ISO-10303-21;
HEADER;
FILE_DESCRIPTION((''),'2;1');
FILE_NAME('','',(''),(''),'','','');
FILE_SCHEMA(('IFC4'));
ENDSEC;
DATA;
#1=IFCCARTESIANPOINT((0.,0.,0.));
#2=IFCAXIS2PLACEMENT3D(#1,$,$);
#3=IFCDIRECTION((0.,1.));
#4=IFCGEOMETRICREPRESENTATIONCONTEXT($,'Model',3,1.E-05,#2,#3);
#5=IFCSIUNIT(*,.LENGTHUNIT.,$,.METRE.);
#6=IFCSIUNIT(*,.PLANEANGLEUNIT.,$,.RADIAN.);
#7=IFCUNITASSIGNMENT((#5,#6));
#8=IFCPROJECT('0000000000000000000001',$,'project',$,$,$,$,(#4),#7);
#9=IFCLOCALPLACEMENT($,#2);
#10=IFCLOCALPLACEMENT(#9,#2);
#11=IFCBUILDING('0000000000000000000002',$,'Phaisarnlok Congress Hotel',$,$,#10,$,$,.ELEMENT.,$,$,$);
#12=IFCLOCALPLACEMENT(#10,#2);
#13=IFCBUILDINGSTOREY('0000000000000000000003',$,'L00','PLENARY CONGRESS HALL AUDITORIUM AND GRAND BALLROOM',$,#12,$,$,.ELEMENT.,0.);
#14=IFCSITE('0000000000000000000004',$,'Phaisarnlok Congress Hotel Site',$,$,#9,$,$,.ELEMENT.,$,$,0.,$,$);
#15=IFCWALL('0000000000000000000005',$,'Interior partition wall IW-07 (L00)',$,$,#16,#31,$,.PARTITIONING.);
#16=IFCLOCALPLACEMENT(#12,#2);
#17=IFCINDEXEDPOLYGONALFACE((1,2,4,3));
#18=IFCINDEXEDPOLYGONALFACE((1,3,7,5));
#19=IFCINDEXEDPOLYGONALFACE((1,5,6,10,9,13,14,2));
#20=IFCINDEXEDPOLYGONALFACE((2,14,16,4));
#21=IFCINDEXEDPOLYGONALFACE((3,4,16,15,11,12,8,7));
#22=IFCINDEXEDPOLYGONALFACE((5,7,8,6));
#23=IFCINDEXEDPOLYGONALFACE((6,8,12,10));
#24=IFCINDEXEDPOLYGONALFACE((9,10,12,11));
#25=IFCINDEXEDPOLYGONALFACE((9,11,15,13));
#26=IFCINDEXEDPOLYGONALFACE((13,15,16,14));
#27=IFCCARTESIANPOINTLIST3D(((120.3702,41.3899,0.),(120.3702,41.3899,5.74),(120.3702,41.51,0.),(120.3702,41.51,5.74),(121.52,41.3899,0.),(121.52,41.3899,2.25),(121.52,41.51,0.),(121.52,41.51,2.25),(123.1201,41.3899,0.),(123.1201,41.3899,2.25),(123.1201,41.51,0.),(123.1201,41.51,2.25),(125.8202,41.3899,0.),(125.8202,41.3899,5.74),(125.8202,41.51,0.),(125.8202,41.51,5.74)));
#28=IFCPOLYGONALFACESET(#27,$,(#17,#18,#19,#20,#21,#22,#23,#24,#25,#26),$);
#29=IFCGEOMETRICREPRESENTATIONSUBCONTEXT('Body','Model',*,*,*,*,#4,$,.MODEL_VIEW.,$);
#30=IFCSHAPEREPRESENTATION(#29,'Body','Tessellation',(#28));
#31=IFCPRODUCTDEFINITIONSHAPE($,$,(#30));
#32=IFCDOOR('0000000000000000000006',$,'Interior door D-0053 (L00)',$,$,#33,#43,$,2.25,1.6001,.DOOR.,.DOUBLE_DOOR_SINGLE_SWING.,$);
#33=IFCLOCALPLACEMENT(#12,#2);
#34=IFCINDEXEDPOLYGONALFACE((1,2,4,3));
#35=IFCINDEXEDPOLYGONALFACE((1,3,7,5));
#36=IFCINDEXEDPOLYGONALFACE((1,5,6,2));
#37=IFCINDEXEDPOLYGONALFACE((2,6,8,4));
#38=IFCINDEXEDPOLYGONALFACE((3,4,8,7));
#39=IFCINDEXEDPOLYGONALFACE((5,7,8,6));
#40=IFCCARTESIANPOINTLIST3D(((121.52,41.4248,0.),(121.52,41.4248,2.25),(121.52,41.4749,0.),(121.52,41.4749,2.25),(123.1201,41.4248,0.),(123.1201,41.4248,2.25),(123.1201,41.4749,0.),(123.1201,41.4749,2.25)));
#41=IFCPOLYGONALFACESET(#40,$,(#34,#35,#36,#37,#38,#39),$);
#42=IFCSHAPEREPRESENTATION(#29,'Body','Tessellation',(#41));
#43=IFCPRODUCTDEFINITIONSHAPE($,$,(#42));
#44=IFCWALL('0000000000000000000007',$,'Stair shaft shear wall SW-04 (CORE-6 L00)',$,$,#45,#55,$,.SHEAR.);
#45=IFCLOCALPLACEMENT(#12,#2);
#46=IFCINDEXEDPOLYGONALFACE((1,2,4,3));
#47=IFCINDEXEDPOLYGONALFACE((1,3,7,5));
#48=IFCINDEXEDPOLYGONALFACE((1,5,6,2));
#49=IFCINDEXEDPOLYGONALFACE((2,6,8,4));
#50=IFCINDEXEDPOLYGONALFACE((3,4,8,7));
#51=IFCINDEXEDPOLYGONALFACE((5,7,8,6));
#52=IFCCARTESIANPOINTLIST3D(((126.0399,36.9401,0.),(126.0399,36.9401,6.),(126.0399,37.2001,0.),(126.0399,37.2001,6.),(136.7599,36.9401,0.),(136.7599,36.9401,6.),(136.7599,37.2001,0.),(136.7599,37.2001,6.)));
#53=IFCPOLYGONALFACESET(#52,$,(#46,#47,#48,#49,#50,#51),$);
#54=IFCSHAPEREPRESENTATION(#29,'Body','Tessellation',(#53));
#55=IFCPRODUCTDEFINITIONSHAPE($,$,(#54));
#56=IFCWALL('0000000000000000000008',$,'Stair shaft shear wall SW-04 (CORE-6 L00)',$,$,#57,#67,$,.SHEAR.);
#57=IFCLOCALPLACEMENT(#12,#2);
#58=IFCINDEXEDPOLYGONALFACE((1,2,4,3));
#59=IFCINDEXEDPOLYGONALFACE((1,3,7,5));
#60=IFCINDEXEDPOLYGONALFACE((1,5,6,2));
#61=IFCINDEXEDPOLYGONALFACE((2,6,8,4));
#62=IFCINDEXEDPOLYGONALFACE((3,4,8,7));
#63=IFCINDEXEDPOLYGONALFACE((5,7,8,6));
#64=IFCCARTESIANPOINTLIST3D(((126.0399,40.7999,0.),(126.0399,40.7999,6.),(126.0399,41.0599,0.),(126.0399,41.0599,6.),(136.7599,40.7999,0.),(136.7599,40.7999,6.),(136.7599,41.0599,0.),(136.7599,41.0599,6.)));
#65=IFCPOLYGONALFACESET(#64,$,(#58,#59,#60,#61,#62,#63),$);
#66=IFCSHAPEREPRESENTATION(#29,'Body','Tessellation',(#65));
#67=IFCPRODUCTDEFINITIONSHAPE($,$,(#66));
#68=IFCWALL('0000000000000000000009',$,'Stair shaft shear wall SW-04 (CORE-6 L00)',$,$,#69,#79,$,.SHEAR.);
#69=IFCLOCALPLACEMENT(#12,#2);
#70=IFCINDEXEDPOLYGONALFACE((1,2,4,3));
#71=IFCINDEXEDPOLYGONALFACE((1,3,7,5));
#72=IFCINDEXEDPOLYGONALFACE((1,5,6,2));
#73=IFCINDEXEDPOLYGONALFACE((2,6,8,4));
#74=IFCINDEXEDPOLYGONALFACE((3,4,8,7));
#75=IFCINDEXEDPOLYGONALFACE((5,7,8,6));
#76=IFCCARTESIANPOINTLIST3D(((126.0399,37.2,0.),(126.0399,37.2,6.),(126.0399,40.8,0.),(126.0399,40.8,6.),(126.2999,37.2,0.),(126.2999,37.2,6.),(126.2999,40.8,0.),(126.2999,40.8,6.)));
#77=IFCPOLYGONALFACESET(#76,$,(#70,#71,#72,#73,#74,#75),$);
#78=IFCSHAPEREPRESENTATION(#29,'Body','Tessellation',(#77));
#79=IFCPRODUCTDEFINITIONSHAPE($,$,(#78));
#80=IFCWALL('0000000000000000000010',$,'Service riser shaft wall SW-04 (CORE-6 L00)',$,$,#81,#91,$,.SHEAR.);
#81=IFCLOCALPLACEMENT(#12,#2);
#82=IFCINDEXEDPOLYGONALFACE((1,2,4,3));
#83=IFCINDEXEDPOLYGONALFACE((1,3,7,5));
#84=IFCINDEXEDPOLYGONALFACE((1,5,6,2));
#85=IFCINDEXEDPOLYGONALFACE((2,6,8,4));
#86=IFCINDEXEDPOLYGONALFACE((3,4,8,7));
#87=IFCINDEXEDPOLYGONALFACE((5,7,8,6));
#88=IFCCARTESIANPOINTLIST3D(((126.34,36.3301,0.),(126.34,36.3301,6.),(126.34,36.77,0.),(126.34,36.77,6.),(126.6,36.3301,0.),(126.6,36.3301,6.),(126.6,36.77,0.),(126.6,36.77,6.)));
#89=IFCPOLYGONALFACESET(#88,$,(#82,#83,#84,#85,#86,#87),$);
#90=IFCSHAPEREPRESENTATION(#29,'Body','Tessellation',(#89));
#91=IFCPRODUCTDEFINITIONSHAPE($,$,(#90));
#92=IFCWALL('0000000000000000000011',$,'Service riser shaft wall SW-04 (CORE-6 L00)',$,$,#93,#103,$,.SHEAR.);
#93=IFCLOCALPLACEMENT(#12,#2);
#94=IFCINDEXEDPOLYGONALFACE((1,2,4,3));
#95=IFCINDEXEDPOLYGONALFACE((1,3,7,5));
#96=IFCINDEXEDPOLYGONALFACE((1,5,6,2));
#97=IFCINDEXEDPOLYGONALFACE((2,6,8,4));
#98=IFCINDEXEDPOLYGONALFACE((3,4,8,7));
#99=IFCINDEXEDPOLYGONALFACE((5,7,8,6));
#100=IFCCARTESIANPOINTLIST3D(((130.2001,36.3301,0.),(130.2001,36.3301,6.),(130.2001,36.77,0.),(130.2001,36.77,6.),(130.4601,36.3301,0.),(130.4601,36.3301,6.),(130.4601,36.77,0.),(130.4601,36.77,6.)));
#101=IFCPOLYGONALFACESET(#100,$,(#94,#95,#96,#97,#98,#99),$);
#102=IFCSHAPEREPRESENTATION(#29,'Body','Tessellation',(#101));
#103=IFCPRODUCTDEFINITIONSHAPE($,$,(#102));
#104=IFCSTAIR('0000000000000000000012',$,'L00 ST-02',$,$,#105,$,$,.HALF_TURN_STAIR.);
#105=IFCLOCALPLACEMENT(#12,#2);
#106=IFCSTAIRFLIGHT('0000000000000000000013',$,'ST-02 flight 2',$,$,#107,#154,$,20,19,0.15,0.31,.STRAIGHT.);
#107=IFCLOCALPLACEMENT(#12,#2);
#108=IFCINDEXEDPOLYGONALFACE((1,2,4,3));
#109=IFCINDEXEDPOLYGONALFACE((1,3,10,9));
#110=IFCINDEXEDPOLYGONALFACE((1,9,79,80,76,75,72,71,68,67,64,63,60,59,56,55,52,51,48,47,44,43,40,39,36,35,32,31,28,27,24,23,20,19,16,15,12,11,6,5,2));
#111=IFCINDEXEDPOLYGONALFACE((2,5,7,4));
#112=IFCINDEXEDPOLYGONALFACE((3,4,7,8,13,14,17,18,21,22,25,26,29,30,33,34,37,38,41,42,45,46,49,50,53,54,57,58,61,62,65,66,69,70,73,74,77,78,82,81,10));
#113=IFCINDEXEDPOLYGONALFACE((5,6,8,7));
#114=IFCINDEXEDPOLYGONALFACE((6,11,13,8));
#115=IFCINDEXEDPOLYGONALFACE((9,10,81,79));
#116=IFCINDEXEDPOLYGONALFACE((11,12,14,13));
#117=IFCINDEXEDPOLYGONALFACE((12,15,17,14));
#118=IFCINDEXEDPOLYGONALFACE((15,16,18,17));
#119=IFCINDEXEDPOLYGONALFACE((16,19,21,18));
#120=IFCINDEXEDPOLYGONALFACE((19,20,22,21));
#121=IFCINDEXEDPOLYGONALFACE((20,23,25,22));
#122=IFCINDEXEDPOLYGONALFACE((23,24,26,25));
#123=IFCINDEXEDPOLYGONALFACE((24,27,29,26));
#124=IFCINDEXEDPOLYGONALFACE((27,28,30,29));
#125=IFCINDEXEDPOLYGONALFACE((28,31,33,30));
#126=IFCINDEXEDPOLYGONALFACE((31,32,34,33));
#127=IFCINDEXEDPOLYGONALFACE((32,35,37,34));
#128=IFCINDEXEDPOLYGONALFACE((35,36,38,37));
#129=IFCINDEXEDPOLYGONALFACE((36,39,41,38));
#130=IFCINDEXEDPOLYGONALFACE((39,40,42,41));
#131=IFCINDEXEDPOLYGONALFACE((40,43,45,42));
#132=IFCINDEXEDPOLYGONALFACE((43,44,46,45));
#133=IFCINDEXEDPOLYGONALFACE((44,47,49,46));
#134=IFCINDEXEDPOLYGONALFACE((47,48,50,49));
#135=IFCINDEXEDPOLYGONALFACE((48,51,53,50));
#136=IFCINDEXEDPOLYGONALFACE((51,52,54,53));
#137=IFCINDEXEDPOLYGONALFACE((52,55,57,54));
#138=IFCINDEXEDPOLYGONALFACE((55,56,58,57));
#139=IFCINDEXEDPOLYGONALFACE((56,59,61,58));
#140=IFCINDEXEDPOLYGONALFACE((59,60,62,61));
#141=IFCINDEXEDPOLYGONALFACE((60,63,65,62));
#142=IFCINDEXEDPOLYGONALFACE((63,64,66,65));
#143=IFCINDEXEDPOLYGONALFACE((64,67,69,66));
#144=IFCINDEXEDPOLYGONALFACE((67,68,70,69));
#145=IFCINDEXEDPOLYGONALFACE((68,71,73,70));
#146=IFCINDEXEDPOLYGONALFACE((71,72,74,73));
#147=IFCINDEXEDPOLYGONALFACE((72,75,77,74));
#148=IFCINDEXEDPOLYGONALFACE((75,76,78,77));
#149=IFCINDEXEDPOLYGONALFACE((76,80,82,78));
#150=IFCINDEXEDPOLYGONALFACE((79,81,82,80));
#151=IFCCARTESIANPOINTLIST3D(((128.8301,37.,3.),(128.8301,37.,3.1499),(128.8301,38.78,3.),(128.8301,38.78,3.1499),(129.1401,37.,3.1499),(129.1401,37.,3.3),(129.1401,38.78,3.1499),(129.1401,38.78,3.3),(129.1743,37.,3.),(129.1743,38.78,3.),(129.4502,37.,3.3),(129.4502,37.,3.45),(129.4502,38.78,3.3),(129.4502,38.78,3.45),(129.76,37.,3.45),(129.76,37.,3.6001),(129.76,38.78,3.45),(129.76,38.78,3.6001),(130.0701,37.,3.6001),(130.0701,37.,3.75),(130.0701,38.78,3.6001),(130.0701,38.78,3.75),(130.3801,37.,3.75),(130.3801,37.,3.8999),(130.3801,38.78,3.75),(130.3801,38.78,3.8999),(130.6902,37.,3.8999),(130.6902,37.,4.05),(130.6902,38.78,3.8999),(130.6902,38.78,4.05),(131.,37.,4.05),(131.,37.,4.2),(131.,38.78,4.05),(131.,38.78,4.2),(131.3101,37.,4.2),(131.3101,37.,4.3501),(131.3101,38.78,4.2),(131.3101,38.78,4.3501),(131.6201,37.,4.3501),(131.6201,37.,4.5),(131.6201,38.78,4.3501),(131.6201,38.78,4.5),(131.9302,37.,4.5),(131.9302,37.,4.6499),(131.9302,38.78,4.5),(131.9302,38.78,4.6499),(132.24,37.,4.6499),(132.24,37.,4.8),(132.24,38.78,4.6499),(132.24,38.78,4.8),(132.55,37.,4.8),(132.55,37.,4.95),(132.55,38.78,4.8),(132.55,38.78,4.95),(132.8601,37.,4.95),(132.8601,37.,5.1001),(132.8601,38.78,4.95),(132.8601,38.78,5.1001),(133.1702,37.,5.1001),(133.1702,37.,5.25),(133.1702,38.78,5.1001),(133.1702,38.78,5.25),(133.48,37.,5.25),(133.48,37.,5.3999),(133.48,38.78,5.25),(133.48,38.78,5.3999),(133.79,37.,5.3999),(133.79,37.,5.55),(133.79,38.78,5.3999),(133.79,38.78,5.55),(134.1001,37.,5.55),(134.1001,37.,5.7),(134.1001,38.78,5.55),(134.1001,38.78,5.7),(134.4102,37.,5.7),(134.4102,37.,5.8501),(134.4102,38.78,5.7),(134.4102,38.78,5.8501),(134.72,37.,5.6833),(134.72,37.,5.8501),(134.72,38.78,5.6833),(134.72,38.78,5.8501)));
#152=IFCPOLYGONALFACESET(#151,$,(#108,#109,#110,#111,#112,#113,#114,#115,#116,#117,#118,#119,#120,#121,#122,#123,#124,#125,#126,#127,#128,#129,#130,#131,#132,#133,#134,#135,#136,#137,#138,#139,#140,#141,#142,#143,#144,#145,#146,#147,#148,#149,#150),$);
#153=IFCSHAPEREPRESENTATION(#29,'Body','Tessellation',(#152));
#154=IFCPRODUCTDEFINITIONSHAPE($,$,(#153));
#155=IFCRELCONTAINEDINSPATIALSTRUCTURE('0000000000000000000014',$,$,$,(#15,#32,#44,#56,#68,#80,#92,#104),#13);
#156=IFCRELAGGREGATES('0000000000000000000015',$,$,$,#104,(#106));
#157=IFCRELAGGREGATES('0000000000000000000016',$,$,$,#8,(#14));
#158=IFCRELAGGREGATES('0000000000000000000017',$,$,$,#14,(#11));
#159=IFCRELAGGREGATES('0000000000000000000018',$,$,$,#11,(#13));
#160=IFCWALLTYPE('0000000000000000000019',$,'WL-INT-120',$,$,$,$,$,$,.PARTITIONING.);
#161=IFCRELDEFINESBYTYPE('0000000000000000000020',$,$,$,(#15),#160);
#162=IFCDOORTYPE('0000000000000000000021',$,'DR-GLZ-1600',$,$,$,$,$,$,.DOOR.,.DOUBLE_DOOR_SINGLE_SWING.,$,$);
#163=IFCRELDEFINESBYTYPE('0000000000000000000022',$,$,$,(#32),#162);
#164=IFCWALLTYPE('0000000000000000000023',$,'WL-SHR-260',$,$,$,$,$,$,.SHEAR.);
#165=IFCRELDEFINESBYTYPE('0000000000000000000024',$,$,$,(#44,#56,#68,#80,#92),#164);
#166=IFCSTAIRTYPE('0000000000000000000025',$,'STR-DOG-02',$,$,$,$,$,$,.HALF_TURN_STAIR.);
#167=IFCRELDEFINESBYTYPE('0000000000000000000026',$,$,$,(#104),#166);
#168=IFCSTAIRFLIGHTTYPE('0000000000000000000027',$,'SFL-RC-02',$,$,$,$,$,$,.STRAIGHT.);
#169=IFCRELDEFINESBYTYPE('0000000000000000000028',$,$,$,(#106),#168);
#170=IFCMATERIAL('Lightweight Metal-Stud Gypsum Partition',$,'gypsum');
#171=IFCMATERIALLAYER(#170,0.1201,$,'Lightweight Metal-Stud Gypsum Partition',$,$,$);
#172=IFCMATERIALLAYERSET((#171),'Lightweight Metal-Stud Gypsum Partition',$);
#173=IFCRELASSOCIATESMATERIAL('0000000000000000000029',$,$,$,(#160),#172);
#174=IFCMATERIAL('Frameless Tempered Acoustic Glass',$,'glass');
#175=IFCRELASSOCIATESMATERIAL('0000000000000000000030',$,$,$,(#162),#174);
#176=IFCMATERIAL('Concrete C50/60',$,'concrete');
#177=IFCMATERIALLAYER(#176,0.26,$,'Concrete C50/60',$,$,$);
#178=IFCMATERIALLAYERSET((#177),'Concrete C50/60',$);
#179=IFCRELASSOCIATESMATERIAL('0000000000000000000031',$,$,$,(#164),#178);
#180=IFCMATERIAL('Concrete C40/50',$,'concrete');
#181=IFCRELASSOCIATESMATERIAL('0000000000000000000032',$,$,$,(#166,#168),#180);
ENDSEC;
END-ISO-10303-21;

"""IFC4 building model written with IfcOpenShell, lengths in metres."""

from ifc_helpers import new_model, si_unit, direction, frame, frame_2d, origin, place, context, subcontext, project, spatial, polyline, rectangle, outline, extrude, material, layer, layer_set, type_object, element, fill, aggregate, save


model = new_model("IFC4")

# Units and contexts
model_context = context("Model", 3, precision=1e-05, world=origin(), true_north=direction((0.0, 1.0)))
body_context = subcontext(model_context, "Body", "Model", "MODEL_VIEW")
ifc_project = project(units=[si_unit("LENGTHUNIT", "METRE"), si_unit("PLANEANGLEUNIT", "RADIAN")], contexts=[model_context])

# Site, building, storey
site_placement = place(None, origin())
site = spatial("IfcSite", under=ifc_project, at=site_placement, Name="Phaisarnlok Congress Hotel Site", CompositionType="ELEMENT", RefElevation=0.0)
building_placement = place(site_placement, origin())
building = spatial("IfcBuilding", under=site, at=building_placement, Name="Phaisarnlok Congress Hotel", CompositionType="ELEMENT")
storey_placement = place(building_placement, origin())
storey = spatial("IfcBuildingStorey", under=building, at=storey_placement, Name="L00", Description="PLENARY CONGRESS HALL AUDITORIUM AND GRAND BALLROOM", CompositionType="ELEMENT", Elevation=0.0)

# Shared definitions
ifc_material_1 = material(Name="Concrete C50/60", Category="concrete")

# Shared definitions
ifc_material_2 = material(Name="Concrete C40/50", Category="concrete")

# Wall, opening, door
ifc_material_3 = material(Name="Lightweight Metal-Stud Gypsum Partition", Category="gypsum")
ifc_layer_1 = layer(ifc_material_3, 0.1201, Name="Lightweight Metal-Stud Gypsum Partition")
ifc_layer_set_1 = layer_set([ifc_layer_1], Name="Lightweight Metal-Stud Gypsum Partition")
wall_type_1 = type_object("IfcWallType", Name="WL-INT-120", PredefinedType="PARTITIONING", material=ifc_layer_set_1)
wall_1_placement = place(storey_placement, frame((120.3701, 41.45, 0.0), z_axis=(0.0, 0.0, 1.0), x_axis=(1.0, 0.0, 0.0)))
wall_1 = element("IfcWall", 1, at=wall_1_placement, inside=storey, type_object=wall_type_1, Name="Interior partition wall IW-07 (L00)", PredefinedType="PARTITIONING", context=body_context, shape_type="SweptSolid", body=[
    extrude(rectangle(XDim=5.45, YDim=0.1201, at=frame_2d((2.7251, 0.0))), origin(), (0.0, 0.0, 1.0), 5.74),
])
opening_placement = place(wall_1_placement, frame((1.1499, 0.0, 0.0)))
opening = element("IfcOpeningElement", 2, at=opening_placement, cuts=wall_1, PredefinedType="OPENING", context=body_context, shape_type="SweptSolid", body=[
    extrude(rectangle(XDim=1.6001, YDim=2.25, at=frame_2d((0.8, 1.125))), frame((0.0, 0.0701, 0.0), z_axis=(0.0, -1.0, 0.0), x_axis=(1.0, 0.0, 0.0)), (0.0, 0.0, 1.0), 0.1401),
])
ifc_material_4 = material(Name="Frameless Tempered Acoustic Glass", Category="glass")
door_type = type_object("IfcDoorType", Name="DR-GLZ-1600", OperationType="DOUBLE_DOOR_SINGLE_SWING", PredefinedType="DOOR", material=ifc_material_4)
door_placement = place(opening_placement, origin())
door = element("IfcDoor", 3, at=door_placement, inside=storey, type_object=door_type, Name="Interior door D-0053 (L00)", OperationType="DOUBLE_DOOR_SINGLE_SWING", OverallHeight=2.25, OverallWidth=1.6001, PredefinedType="DOOR", context=body_context, shape_type="SweptSolid", body=[
    extrude(rectangle(XDim=1.6001, YDim=2.25, at=frame_2d((0.8, 1.125))), frame((0.0, 0.0249, 0.0), z_axis=(0.0, -1.0, 0.0), x_axis=(1.0, 0.0, 0.0)), (0.0, 0.0, 1.0), 0.05),
])
fill(opening, door)

# Walls
ifc_layer_2 = layer(ifc_material_1, 0.26, Name="Concrete C50/60")
ifc_layer_set_2 = layer_set([ifc_layer_2], Name="Concrete C50/60")
wall_type_2 = type_object("IfcWallType", Name="WL-SHR-260", PredefinedType="SHEAR", material=ifc_layer_set_2)
for number, where, z_axis, x_axis, name in (
    (4, (126.04, 37.0701, 0.0), (0.0, 0.0, 1.0), (1.0, 0.0, 0.0), "Stair shaft shear wall SW-04 (CORE-6 L00)"),
    (5, (126.04, 40.9299, 0.0), (0.0, 0.0, 1.0), (1.0, 0.0, 0.0), "Stair shaft shear wall SW-04 (CORE-6 L00)"),
):
    element("IfcWall", number, at=place(storey_placement, frame(where, z_axis=z_axis, x_axis=x_axis)), inside=storey, type_object=wall_type_2, Name=name, PredefinedType="SHEAR", context=body_context, shape_type="SweptSolid", body=[
        extrude(rectangle(XDim=10.72, YDim=0.26, at=frame_2d((5.3599, 0.0))), origin(), (0.0, 0.0, 1.0), 6.0),
    ])
wall_2_placement = place(storey_placement, frame((126.1699, 37.2, 0.0), z_axis=(0.0, 0.0, 1.0), x_axis=(0.0, 1.0, 0.0)))
element("IfcWall", 6, at=wall_2_placement, inside=storey, type_object=wall_type_2, Name="Stair shaft shear wall SW-04 (CORE-6 L00)", PredefinedType="SHEAR", context=body_context, shape_type="SweptSolid", body=[
    extrude(rectangle(XDim=3.6001, YDim=0.26, at=frame_2d((1.8, 0.0))), origin(), (0.0, 0.0, 1.0), 6.0),
])
for number, where, z_axis, x_axis, name in (
    (7, (126.47, 36.3301, 0.0), (0.0, 0.0, 1.0), (0.0, 1.0, 0.0), "Service riser shaft wall SW-04 (CORE-6 L00)"),
    (8, (130.3301, 36.3301, 0.0), (0.0, 0.0, 1.0), (0.0, 1.0, 0.0), "Service riser shaft wall SW-04 (CORE-6 L00)"),
):
    element("IfcWall", number, at=place(storey_placement, frame(where, z_axis=z_axis, x_axis=x_axis)), inside=storey, type_object=wall_type_2, Name=name, PredefinedType="SHEAR", context=body_context, shape_type="SweptSolid", body=[
        extrude(rectangle(XDim=0.4399, YDim=0.26, at=frame_2d((0.22, 0.0))), origin(), (0.0, 0.0, 1.0), 6.0),
    ])

# Stair, stair flight
stair_type = type_object("IfcStairType", Name="STR-DOG-02", PredefinedType="HALF_TURN_STAIR", material=ifc_material_2)
stair_placement = place(storey_placement, origin())
stair = element("IfcStair", 9, at=stair_placement, inside=storey, type_object=stair_type, Name="L00 ST-02", PredefinedType="HALF_TURN_STAIR")
stair_flight_type = type_object("IfcStairFlightType", Name="SFL-RC-02", PredefinedType="STRAIGHT", material=ifc_material_2)
stair_flight_placement = place(storey_placement, frame((128.8301, 37.8899, 3.0), z_axis=(0.0, 0.0, 1.0), x_axis=(1.0, 0.0, 0.0)))
stair_flight = element("IfcStairFlight", 10, at=stair_flight_placement, type_object=stair_flight_type, Name="ST-02 flight 2", NumberOfRisers=20, NumberOfTreads=19, PredefinedType="STRAIGHT", RiserHeight=0.15, TreadLength=0.31, context=body_context, shape_type="SweptSolid", body=[
    extrude(outline(polyline([(0.0, 0.0), (0.0, 0.1499), (0.3101, 0.1499), (0.3101, 0.3), (0.6201, 0.3), (0.6201, 0.45), (0.9299, 0.45), (0.9299, 0.6001), (1.24, 0.6001), (1.24, 0.75), (1.55, 0.75), (1.55, 0.8999), (1.8601, 0.8999), (1.8601, 1.05), (2.1699, 1.05), (2.1699, 1.2), (2.48, 1.2), (2.48, 1.3501), (2.79, 1.3501), (2.79, 1.5), (3.1001, 1.5), (3.1001, 1.6499), (3.4099, 1.6499), (3.4099, 1.8), (3.72, 1.8), (3.72, 1.95), (4.03, 1.95), (4.03, 2.1001), (4.3401, 2.1001), (4.3401, 2.25), (4.6499, 2.25), (4.6499, 2.3999), (4.96, 2.3999), (4.96, 2.55), (5.27, 2.55), (5.27, 2.7), (5.5801, 2.7), (5.5801, 2.8501), (5.8899, 2.8501), (5.8899, 3.0), (5.8899, 2.6833), (0.3442, 0.0), (0.0, 0.0)])), frame((0.0, 0.8901, 0.0), z_axis=(0.0, -1.0, 0.0), x_axis=(1.0, 0.0, 0.0)), (0.0, 0.0, 1.0), 1.78),
])
aggregate(stair, [stair_flight])

save(model, "model.ifc")
